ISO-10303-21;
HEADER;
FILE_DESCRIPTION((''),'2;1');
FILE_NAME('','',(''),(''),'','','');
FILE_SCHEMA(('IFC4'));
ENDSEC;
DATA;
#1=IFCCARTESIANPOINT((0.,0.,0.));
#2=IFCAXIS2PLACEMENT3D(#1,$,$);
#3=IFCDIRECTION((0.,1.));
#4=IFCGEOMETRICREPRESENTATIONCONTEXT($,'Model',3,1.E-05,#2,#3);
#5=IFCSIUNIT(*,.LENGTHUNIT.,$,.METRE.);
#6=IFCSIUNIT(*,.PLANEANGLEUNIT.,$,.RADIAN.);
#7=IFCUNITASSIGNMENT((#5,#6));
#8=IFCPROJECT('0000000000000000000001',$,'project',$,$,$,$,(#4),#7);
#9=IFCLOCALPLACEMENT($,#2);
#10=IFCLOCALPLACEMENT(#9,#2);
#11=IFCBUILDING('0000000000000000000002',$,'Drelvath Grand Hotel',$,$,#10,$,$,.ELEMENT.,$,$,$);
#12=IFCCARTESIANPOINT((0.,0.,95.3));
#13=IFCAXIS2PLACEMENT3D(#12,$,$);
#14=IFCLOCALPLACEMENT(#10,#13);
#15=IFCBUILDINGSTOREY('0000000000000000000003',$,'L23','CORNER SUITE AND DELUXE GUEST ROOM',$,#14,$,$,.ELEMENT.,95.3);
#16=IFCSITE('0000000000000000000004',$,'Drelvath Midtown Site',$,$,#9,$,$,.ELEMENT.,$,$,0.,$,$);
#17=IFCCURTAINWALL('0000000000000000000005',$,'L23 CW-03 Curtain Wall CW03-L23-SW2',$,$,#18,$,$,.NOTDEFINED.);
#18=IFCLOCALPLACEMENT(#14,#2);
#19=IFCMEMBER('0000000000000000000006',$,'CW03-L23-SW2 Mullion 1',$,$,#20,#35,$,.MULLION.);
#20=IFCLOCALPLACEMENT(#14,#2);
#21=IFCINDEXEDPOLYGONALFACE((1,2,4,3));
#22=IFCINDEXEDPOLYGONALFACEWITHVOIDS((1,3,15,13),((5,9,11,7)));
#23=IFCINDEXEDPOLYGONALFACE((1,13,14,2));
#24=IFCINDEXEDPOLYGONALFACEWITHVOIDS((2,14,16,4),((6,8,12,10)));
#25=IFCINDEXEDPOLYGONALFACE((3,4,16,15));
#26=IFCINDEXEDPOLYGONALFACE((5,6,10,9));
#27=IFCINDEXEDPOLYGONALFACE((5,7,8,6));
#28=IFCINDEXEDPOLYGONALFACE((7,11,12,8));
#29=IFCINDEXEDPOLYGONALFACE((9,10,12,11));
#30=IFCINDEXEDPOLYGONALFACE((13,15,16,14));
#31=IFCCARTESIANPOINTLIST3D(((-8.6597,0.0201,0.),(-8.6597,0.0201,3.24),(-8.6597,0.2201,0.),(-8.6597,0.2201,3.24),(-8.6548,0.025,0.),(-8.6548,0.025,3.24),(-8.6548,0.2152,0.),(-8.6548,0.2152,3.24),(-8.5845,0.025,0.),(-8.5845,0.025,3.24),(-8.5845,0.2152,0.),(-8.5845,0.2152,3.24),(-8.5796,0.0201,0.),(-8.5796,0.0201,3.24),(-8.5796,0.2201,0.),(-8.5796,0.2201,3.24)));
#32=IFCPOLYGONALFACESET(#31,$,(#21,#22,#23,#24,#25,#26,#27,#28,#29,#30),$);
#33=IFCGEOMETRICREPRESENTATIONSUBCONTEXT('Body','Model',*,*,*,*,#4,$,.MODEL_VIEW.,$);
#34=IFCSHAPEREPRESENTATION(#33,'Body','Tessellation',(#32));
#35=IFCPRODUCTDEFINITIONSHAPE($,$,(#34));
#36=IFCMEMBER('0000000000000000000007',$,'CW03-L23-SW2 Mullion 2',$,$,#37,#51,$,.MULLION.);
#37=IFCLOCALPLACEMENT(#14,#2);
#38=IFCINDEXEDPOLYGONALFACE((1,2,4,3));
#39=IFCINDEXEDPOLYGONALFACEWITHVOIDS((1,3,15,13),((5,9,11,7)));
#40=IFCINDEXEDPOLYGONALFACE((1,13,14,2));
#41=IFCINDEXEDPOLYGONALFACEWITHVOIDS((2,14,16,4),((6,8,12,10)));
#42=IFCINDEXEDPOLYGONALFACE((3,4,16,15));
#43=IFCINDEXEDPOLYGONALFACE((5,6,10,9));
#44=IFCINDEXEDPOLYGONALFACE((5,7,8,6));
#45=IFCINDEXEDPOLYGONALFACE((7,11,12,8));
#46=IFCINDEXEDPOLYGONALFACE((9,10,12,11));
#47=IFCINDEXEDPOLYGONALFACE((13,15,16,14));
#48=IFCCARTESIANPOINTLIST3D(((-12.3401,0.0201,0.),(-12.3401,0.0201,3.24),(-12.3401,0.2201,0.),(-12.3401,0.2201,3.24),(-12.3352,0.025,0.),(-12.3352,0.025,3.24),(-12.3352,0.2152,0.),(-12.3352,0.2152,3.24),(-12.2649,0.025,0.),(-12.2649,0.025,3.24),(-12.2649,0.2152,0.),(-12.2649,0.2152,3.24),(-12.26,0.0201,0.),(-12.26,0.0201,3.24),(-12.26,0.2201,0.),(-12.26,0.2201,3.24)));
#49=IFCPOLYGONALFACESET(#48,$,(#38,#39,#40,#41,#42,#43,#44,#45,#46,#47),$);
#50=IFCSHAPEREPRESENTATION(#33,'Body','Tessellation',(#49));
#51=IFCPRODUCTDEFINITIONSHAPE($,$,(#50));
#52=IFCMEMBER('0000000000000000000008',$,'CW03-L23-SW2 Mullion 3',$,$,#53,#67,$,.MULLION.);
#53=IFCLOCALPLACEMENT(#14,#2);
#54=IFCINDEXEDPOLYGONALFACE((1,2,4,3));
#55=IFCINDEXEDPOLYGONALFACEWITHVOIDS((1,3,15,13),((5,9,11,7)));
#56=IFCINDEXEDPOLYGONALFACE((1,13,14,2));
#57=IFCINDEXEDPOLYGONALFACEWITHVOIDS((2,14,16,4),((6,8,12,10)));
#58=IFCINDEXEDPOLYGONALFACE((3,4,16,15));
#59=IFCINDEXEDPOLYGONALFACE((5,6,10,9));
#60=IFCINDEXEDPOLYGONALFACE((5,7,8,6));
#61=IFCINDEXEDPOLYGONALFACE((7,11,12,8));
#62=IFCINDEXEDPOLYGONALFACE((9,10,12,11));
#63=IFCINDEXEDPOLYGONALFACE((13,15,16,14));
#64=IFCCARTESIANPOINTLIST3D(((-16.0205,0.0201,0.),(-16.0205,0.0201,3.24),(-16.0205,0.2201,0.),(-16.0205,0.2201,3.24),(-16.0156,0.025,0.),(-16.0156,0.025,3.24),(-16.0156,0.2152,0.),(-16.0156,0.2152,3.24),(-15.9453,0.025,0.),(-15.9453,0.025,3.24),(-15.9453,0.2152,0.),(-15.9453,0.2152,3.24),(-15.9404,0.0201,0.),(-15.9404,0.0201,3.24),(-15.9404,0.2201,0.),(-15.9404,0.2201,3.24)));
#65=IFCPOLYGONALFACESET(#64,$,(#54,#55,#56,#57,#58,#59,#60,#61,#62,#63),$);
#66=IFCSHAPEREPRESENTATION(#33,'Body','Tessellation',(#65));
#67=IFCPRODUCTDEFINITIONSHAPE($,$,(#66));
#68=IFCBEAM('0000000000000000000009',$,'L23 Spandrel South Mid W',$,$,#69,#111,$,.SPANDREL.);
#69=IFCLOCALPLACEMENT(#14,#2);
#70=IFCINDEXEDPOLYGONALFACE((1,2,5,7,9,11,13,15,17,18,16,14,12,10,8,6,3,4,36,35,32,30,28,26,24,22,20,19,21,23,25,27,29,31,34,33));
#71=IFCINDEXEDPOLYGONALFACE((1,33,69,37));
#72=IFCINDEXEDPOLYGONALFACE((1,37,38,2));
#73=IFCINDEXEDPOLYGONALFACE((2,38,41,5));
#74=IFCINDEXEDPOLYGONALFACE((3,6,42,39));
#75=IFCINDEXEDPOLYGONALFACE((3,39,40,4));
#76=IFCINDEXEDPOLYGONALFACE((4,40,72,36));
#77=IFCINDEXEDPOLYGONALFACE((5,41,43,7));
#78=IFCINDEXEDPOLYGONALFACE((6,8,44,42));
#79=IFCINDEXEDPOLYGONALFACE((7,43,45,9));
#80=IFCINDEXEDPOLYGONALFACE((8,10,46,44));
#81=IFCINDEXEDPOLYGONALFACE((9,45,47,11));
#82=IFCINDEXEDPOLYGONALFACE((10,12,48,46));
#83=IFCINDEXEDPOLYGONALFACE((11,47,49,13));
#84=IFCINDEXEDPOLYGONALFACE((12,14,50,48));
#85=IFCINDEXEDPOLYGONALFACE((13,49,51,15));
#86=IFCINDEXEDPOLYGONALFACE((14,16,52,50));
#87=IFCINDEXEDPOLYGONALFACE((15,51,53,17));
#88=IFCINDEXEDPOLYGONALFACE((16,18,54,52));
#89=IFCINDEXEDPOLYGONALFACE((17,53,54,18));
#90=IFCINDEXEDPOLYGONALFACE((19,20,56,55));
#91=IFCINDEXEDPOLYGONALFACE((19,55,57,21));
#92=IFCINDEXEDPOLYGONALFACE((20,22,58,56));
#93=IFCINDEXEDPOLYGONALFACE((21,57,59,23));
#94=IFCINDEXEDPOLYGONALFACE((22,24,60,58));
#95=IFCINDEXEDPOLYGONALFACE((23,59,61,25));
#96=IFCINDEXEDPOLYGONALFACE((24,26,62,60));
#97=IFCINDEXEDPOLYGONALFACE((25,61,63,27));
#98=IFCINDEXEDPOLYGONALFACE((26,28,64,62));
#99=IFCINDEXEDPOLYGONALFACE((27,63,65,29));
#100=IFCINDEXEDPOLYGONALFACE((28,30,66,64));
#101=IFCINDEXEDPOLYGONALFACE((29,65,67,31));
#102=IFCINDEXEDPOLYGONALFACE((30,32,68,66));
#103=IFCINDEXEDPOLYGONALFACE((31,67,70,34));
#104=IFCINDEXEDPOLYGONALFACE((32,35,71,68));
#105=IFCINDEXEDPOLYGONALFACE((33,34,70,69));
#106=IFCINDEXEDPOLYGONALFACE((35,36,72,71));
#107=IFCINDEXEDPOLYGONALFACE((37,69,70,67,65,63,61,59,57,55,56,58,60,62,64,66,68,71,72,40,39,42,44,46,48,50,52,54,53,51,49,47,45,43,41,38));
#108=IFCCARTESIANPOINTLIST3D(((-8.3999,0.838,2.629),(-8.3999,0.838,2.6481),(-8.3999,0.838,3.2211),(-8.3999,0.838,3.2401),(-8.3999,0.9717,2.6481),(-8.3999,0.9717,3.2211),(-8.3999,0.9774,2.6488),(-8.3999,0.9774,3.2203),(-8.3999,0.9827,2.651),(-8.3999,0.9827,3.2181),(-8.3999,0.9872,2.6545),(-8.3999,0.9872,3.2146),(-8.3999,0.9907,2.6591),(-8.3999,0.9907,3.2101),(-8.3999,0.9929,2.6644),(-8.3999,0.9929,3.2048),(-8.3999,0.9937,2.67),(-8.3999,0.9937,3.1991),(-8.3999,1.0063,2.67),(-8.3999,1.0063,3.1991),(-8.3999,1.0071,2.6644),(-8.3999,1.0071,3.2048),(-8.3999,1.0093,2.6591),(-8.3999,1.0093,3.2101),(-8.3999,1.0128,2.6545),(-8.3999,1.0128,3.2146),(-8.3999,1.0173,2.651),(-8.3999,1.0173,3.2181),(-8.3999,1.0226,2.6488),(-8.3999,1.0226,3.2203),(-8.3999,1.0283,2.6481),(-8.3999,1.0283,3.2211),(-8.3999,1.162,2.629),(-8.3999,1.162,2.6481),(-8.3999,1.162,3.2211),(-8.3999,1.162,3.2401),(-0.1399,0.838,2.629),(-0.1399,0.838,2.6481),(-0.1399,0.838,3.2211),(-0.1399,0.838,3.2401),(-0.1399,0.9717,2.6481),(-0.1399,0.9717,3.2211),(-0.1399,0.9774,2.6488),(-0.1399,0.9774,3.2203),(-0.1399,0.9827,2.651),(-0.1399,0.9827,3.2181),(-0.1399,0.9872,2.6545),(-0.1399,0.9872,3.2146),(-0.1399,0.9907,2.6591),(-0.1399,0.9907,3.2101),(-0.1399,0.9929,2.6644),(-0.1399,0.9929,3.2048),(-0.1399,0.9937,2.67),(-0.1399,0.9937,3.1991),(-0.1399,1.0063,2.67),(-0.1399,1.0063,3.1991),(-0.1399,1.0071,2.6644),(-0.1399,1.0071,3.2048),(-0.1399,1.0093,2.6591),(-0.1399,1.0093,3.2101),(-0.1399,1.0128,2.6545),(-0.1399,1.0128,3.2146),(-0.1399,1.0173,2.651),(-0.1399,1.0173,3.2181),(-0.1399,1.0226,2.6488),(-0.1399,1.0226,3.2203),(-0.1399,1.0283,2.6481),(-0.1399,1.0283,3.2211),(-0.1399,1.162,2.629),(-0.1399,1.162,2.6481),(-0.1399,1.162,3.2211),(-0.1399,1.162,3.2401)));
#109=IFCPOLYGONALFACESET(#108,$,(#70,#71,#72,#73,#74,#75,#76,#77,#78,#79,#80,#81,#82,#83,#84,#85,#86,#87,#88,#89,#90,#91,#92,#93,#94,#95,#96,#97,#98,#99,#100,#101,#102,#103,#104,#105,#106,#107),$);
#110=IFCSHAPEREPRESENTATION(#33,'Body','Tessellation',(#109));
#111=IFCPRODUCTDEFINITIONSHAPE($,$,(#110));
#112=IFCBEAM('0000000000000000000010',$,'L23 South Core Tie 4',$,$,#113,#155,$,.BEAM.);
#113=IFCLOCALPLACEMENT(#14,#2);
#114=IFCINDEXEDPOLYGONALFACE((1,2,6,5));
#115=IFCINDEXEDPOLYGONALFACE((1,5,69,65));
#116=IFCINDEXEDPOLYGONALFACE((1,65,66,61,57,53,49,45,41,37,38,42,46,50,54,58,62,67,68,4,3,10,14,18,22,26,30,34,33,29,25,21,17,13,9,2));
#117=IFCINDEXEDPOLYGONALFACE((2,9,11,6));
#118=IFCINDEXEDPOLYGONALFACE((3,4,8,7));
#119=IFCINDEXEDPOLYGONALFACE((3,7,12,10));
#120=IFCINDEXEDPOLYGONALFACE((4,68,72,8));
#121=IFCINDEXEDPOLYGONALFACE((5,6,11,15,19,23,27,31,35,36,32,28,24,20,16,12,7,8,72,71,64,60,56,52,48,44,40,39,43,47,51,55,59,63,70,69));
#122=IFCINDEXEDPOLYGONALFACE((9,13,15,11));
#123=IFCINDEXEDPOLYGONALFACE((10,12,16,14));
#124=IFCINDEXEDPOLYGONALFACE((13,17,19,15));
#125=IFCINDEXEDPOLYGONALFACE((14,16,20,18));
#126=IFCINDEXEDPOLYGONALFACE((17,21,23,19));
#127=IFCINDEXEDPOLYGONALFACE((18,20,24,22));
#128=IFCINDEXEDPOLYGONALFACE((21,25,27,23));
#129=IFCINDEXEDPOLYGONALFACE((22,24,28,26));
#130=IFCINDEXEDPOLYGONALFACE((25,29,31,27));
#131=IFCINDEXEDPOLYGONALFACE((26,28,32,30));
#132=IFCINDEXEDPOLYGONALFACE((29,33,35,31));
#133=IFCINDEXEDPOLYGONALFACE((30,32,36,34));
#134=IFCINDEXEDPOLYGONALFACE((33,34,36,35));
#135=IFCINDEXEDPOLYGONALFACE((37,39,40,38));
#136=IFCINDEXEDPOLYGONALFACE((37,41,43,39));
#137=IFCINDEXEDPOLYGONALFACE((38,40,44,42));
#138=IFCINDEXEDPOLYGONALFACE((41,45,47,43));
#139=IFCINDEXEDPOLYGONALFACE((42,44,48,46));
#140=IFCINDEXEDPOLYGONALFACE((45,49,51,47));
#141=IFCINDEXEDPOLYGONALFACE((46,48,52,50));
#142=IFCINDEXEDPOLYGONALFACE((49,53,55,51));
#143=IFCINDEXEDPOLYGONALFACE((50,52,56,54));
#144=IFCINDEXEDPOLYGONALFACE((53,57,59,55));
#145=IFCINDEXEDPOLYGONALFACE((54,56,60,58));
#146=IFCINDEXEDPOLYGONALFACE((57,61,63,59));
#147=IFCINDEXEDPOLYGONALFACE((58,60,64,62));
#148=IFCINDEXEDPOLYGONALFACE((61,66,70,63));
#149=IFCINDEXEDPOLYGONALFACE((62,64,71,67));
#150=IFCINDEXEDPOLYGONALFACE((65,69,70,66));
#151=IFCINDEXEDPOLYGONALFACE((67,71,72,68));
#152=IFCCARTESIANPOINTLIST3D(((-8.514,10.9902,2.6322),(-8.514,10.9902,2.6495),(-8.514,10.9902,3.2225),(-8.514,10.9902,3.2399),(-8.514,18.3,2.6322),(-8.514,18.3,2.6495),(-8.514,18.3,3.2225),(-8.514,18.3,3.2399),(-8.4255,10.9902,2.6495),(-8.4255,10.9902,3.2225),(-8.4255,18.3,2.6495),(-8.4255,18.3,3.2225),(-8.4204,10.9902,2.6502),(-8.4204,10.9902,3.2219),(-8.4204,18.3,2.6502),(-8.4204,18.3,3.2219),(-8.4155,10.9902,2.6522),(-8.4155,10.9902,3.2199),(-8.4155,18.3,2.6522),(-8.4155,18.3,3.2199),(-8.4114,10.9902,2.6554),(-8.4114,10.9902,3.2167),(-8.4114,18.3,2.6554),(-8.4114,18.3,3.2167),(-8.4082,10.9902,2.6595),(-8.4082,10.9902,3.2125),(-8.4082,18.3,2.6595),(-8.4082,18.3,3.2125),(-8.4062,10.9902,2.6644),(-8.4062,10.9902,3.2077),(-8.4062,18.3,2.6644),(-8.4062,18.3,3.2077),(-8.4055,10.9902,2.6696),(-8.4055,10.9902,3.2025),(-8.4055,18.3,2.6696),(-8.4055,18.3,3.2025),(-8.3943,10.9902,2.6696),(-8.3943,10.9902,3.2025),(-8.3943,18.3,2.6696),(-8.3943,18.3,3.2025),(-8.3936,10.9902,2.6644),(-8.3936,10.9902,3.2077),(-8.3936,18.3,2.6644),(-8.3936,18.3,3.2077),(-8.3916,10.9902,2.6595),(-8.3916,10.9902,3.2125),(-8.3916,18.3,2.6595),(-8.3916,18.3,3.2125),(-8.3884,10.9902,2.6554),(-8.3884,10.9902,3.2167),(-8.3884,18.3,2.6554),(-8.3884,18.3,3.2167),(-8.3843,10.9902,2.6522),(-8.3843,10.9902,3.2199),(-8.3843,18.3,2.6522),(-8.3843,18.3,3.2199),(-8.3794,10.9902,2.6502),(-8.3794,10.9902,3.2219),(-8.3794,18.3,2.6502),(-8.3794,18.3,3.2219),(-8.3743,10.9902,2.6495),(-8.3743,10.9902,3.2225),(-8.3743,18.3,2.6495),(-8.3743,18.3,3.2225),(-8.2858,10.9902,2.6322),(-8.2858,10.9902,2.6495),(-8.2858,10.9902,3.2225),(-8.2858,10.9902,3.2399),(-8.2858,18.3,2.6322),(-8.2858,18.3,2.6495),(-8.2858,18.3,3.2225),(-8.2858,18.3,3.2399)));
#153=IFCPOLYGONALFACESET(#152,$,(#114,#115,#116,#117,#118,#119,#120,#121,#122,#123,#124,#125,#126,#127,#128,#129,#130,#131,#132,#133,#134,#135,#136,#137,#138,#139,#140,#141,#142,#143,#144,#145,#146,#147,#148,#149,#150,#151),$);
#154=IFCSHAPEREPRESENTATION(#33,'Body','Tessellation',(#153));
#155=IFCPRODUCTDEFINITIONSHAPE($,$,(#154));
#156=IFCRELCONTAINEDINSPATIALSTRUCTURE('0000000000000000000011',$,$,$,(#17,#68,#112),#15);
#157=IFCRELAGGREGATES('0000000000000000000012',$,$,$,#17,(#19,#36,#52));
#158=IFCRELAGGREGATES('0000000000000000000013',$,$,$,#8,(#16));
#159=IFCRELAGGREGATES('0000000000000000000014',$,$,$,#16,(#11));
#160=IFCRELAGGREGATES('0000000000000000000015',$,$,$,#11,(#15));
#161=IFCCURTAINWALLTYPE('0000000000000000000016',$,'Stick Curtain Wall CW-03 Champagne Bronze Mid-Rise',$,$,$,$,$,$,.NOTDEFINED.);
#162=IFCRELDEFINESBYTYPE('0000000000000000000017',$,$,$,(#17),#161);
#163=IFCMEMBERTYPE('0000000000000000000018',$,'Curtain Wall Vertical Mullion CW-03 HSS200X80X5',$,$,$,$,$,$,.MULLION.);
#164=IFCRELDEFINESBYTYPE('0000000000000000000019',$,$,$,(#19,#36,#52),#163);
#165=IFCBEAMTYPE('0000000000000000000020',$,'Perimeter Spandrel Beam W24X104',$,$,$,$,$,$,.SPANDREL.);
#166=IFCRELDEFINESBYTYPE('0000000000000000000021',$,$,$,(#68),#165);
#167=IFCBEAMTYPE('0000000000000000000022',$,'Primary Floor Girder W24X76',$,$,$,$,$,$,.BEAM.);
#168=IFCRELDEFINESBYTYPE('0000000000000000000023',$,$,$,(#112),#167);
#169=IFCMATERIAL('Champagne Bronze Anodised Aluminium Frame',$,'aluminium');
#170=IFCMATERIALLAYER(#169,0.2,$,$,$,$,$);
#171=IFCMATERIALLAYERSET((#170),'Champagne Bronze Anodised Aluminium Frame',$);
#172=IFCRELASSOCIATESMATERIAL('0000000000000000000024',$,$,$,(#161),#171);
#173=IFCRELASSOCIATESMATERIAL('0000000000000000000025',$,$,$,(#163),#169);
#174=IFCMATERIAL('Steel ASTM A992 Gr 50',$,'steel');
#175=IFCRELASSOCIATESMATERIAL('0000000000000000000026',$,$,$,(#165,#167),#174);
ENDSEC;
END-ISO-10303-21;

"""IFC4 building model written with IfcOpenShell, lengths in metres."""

from ifc_helpers import new_model, si_unit, direction, frame, origin, origin_2d, place, context, subcontext, project, spatial, hollow_rectangle, i_section, extrude, material, layer, layer_set, material_profile, profile_set, type_object, element, aggregate, save


model = new_model("IFC4")

# Units and contexts
model_context = context("Model", 3, precision=1e-05, world=origin(), true_north=direction((0.0, 1.0)))
body_context = subcontext(model_context, "Body", "Model", "MODEL_VIEW")
ifc_project = project(units=[si_unit("LENGTHUNIT", "METRE"), si_unit("PLANEANGLEUNIT", "RADIAN")], contexts=[model_context])

# Site, building, storey
site_placement = place(None, origin())
site = spatial("IfcSite", under=ifc_project, at=site_placement, Name="Drelvath Midtown Site", CompositionType="ELEMENT", RefElevation=0.0)
building_placement = place(site_placement, origin())
building = spatial("IfcBuilding", under=site, at=building_placement, Name="Drelvath Grand Hotel", CompositionType="ELEMENT")
storey_placement = place(building_placement, frame((0.0, 0.0, 95.3)))
storey = spatial("IfcBuildingStorey", under=building, at=storey_placement, Name="L23", Description="CORNER SUITE AND DELUXE GUEST ROOM", CompositionType="ELEMENT", Elevation=95.3)

# Shared definitions
ifc_material_1 = material(Name="Steel ASTM A992 Gr 50", Category="steel")

# Curtain wall
ifc_material_2 = material(Name="Champagne Bronze Anodised Aluminium Frame", Category="aluminium")
ifc_layer_1 = layer(ifc_material_2, 0.2)
ifc_layer_set_1 = layer_set([ifc_layer_1], Name="Champagne Bronze Anodised Aluminium Frame")
curtain_wall_type = type_object("IfcCurtainWallType", Name="Stick Curtain Wall CW-03 Champagne Bronze Mid-Rise", PredefinedType="NOTDEFINED", material=ifc_layer_set_1)
curtain_wall_1_placement = place(storey_placement, origin())
curtain_wall_1 = element("IfcCurtainWall", 1, at=curtain_wall_1_placement, inside=storey, type_object=curtain_wall_type, Name="L23 CW-03 Curtain Wall CW03-L23-SW2", PredefinedType="NOTDEFINED")

# Members
ifc_material_profile_1 = material_profile(ifc_material_2, hollow_rectangle(XDim=0.0801, YDim=0.2, WallThickness=0.0049, at=origin_2d()), Name="HSS200X80X5")
ifc_profile_set_1 = profile_set([ifc_material_profile_1], Name="Champagne Bronze Anodised Aluminium Frame")
member_type_1 = type_object("IfcMemberType", Name="Curtain Wall Vertical Mullion CW-03 HSS200X80X5", PredefinedType="MULLION", material=ifc_profile_set_1)
member_1_placement = place(storey_placement, frame((-8.6196, 0.1201, 0.0), z_axis=(0.0, 0.0, 1.0), x_axis=(1.0, 0.0, 0.0)))
member_1 = element("IfcMember", 2, at=member_1_placement, type_object=member_type_1, Name="CW03-L23-SW2 Mullion 1", PredefinedType="MULLION", context=body_context, shape_type="SweptSolid", body=[
    extrude(hollow_rectangle(XDim=0.0801, YDim=0.2, WallThickness=0.0049, at=origin_2d()), origin(), (0.0, 0.0, 1.0), 3.24),
])
member_2_placement = place(storey_placement, frame((-12.3, 0.1201, 0.0), z_axis=(0.0, 0.0, 1.0), x_axis=(1.0, 0.0, 0.0)))
member_2 = element("IfcMember", 3, at=member_2_placement, type_object=member_type_1, Name="CW03-L23-SW2 Mullion 2", PredefinedType="MULLION", context=body_context, shape_type="SweptSolid", body=[
    extrude(hollow_rectangle(XDim=0.0801, YDim=0.2, WallThickness=0.0049, at=origin_2d()), origin(), (0.0, 0.0, 1.0), 3.24),
])
member_3_placement = place(storey_placement, frame((-15.9805, 0.1201, 0.0), z_axis=(0.0, 0.0, 1.0), x_axis=(1.0, 0.0, 0.0)))
member_3 = element("IfcMember", 4, at=member_3_placement, type_object=member_type_1, Name="CW03-L23-SW2 Mullion 3", PredefinedType="MULLION", context=body_context, shape_type="SweptSolid", body=[
    extrude(hollow_rectangle(XDim=0.0801, YDim=0.2, WallThickness=0.0049, at=origin_2d()), origin(), (0.0, 0.0, 1.0), 3.24),
])

# Beams
ifc_material_profile_2 = material_profile(ifc_material_1, i_section(OverallWidth=0.324, OverallDepth=0.6111, WebThickness=0.0127, FlangeThickness=0.019, FilletRadius=0.022, at=origin_2d()), Name="W24X104")
ifc_profile_set_2 = profile_set([ifc_material_profile_2], Name="Steel ASTM A992 Gr 50")
beam_type_1 = type_object("IfcBeamType", Name="Perimeter Spandrel Beam W24X104", PredefinedType="SPANDREL", material=ifc_profile_set_2)
beam_1_placement = place(storey_placement, frame((-8.3999, 1.0, 2.9346), z_axis=(1.0, 0.0, 0.0), x_axis=(0.0, 1.0, 0.0)))
element("IfcBeam", 5, at=beam_1_placement, inside=storey, type_object=beam_type_1, Name="L23 Spandrel South Mid W", PredefinedType="SPANDREL", context=body_context, shape_type="SweptSolid", body=[
    extrude(i_section(OverallWidth=0.324, OverallDepth=0.6111, WebThickness=0.0127, FlangeThickness=0.019, FilletRadius=0.022, at=origin_2d()), origin(), (0.0, 0.0, 1.0), 8.26),
])
ifc_material_profile_3 = material_profile(ifc_material_1, i_section(OverallWidth=0.2283, OverallDepth=0.6077, WebThickness=0.0112, FlangeThickness=0.0173, FilletRadius=0.02, at=origin_2d()), Name="W24X76")
ifc_profile_set_3 = profile_set([ifc_material_profile_3], Name="Steel ASTM A992 Gr 50")
beam_type_2 = type_object("IfcBeamType", Name="Primary Floor Girder W24X76", PredefinedType="BEAM", material=ifc_profile_set_3)
beam_2_placement = place(storey_placement, frame((-8.3999, 10.9902, 2.936), z_axis=(0.0, 1.0, 0.0), x_axis=(-1.0, 0.0, 0.0)))
element("IfcBeam", 6, at=beam_2_placement, inside=storey, type_object=beam_type_2, Name="L23 South Core Tie 4", PredefinedType="BEAM", context=body_context, shape_type="SweptSolid", body=[
    extrude(i_section(OverallWidth=0.2283, OverallDepth=0.6077, WebThickness=0.0112, FlangeThickness=0.0173, FilletRadius=0.02, at=origin_2d()), origin(), (0.0, 0.0, 1.0), 7.3098),
])

aggregate(curtain_wall_1, [member_1, member_2, member_3])

save(model, "model.ifc")
